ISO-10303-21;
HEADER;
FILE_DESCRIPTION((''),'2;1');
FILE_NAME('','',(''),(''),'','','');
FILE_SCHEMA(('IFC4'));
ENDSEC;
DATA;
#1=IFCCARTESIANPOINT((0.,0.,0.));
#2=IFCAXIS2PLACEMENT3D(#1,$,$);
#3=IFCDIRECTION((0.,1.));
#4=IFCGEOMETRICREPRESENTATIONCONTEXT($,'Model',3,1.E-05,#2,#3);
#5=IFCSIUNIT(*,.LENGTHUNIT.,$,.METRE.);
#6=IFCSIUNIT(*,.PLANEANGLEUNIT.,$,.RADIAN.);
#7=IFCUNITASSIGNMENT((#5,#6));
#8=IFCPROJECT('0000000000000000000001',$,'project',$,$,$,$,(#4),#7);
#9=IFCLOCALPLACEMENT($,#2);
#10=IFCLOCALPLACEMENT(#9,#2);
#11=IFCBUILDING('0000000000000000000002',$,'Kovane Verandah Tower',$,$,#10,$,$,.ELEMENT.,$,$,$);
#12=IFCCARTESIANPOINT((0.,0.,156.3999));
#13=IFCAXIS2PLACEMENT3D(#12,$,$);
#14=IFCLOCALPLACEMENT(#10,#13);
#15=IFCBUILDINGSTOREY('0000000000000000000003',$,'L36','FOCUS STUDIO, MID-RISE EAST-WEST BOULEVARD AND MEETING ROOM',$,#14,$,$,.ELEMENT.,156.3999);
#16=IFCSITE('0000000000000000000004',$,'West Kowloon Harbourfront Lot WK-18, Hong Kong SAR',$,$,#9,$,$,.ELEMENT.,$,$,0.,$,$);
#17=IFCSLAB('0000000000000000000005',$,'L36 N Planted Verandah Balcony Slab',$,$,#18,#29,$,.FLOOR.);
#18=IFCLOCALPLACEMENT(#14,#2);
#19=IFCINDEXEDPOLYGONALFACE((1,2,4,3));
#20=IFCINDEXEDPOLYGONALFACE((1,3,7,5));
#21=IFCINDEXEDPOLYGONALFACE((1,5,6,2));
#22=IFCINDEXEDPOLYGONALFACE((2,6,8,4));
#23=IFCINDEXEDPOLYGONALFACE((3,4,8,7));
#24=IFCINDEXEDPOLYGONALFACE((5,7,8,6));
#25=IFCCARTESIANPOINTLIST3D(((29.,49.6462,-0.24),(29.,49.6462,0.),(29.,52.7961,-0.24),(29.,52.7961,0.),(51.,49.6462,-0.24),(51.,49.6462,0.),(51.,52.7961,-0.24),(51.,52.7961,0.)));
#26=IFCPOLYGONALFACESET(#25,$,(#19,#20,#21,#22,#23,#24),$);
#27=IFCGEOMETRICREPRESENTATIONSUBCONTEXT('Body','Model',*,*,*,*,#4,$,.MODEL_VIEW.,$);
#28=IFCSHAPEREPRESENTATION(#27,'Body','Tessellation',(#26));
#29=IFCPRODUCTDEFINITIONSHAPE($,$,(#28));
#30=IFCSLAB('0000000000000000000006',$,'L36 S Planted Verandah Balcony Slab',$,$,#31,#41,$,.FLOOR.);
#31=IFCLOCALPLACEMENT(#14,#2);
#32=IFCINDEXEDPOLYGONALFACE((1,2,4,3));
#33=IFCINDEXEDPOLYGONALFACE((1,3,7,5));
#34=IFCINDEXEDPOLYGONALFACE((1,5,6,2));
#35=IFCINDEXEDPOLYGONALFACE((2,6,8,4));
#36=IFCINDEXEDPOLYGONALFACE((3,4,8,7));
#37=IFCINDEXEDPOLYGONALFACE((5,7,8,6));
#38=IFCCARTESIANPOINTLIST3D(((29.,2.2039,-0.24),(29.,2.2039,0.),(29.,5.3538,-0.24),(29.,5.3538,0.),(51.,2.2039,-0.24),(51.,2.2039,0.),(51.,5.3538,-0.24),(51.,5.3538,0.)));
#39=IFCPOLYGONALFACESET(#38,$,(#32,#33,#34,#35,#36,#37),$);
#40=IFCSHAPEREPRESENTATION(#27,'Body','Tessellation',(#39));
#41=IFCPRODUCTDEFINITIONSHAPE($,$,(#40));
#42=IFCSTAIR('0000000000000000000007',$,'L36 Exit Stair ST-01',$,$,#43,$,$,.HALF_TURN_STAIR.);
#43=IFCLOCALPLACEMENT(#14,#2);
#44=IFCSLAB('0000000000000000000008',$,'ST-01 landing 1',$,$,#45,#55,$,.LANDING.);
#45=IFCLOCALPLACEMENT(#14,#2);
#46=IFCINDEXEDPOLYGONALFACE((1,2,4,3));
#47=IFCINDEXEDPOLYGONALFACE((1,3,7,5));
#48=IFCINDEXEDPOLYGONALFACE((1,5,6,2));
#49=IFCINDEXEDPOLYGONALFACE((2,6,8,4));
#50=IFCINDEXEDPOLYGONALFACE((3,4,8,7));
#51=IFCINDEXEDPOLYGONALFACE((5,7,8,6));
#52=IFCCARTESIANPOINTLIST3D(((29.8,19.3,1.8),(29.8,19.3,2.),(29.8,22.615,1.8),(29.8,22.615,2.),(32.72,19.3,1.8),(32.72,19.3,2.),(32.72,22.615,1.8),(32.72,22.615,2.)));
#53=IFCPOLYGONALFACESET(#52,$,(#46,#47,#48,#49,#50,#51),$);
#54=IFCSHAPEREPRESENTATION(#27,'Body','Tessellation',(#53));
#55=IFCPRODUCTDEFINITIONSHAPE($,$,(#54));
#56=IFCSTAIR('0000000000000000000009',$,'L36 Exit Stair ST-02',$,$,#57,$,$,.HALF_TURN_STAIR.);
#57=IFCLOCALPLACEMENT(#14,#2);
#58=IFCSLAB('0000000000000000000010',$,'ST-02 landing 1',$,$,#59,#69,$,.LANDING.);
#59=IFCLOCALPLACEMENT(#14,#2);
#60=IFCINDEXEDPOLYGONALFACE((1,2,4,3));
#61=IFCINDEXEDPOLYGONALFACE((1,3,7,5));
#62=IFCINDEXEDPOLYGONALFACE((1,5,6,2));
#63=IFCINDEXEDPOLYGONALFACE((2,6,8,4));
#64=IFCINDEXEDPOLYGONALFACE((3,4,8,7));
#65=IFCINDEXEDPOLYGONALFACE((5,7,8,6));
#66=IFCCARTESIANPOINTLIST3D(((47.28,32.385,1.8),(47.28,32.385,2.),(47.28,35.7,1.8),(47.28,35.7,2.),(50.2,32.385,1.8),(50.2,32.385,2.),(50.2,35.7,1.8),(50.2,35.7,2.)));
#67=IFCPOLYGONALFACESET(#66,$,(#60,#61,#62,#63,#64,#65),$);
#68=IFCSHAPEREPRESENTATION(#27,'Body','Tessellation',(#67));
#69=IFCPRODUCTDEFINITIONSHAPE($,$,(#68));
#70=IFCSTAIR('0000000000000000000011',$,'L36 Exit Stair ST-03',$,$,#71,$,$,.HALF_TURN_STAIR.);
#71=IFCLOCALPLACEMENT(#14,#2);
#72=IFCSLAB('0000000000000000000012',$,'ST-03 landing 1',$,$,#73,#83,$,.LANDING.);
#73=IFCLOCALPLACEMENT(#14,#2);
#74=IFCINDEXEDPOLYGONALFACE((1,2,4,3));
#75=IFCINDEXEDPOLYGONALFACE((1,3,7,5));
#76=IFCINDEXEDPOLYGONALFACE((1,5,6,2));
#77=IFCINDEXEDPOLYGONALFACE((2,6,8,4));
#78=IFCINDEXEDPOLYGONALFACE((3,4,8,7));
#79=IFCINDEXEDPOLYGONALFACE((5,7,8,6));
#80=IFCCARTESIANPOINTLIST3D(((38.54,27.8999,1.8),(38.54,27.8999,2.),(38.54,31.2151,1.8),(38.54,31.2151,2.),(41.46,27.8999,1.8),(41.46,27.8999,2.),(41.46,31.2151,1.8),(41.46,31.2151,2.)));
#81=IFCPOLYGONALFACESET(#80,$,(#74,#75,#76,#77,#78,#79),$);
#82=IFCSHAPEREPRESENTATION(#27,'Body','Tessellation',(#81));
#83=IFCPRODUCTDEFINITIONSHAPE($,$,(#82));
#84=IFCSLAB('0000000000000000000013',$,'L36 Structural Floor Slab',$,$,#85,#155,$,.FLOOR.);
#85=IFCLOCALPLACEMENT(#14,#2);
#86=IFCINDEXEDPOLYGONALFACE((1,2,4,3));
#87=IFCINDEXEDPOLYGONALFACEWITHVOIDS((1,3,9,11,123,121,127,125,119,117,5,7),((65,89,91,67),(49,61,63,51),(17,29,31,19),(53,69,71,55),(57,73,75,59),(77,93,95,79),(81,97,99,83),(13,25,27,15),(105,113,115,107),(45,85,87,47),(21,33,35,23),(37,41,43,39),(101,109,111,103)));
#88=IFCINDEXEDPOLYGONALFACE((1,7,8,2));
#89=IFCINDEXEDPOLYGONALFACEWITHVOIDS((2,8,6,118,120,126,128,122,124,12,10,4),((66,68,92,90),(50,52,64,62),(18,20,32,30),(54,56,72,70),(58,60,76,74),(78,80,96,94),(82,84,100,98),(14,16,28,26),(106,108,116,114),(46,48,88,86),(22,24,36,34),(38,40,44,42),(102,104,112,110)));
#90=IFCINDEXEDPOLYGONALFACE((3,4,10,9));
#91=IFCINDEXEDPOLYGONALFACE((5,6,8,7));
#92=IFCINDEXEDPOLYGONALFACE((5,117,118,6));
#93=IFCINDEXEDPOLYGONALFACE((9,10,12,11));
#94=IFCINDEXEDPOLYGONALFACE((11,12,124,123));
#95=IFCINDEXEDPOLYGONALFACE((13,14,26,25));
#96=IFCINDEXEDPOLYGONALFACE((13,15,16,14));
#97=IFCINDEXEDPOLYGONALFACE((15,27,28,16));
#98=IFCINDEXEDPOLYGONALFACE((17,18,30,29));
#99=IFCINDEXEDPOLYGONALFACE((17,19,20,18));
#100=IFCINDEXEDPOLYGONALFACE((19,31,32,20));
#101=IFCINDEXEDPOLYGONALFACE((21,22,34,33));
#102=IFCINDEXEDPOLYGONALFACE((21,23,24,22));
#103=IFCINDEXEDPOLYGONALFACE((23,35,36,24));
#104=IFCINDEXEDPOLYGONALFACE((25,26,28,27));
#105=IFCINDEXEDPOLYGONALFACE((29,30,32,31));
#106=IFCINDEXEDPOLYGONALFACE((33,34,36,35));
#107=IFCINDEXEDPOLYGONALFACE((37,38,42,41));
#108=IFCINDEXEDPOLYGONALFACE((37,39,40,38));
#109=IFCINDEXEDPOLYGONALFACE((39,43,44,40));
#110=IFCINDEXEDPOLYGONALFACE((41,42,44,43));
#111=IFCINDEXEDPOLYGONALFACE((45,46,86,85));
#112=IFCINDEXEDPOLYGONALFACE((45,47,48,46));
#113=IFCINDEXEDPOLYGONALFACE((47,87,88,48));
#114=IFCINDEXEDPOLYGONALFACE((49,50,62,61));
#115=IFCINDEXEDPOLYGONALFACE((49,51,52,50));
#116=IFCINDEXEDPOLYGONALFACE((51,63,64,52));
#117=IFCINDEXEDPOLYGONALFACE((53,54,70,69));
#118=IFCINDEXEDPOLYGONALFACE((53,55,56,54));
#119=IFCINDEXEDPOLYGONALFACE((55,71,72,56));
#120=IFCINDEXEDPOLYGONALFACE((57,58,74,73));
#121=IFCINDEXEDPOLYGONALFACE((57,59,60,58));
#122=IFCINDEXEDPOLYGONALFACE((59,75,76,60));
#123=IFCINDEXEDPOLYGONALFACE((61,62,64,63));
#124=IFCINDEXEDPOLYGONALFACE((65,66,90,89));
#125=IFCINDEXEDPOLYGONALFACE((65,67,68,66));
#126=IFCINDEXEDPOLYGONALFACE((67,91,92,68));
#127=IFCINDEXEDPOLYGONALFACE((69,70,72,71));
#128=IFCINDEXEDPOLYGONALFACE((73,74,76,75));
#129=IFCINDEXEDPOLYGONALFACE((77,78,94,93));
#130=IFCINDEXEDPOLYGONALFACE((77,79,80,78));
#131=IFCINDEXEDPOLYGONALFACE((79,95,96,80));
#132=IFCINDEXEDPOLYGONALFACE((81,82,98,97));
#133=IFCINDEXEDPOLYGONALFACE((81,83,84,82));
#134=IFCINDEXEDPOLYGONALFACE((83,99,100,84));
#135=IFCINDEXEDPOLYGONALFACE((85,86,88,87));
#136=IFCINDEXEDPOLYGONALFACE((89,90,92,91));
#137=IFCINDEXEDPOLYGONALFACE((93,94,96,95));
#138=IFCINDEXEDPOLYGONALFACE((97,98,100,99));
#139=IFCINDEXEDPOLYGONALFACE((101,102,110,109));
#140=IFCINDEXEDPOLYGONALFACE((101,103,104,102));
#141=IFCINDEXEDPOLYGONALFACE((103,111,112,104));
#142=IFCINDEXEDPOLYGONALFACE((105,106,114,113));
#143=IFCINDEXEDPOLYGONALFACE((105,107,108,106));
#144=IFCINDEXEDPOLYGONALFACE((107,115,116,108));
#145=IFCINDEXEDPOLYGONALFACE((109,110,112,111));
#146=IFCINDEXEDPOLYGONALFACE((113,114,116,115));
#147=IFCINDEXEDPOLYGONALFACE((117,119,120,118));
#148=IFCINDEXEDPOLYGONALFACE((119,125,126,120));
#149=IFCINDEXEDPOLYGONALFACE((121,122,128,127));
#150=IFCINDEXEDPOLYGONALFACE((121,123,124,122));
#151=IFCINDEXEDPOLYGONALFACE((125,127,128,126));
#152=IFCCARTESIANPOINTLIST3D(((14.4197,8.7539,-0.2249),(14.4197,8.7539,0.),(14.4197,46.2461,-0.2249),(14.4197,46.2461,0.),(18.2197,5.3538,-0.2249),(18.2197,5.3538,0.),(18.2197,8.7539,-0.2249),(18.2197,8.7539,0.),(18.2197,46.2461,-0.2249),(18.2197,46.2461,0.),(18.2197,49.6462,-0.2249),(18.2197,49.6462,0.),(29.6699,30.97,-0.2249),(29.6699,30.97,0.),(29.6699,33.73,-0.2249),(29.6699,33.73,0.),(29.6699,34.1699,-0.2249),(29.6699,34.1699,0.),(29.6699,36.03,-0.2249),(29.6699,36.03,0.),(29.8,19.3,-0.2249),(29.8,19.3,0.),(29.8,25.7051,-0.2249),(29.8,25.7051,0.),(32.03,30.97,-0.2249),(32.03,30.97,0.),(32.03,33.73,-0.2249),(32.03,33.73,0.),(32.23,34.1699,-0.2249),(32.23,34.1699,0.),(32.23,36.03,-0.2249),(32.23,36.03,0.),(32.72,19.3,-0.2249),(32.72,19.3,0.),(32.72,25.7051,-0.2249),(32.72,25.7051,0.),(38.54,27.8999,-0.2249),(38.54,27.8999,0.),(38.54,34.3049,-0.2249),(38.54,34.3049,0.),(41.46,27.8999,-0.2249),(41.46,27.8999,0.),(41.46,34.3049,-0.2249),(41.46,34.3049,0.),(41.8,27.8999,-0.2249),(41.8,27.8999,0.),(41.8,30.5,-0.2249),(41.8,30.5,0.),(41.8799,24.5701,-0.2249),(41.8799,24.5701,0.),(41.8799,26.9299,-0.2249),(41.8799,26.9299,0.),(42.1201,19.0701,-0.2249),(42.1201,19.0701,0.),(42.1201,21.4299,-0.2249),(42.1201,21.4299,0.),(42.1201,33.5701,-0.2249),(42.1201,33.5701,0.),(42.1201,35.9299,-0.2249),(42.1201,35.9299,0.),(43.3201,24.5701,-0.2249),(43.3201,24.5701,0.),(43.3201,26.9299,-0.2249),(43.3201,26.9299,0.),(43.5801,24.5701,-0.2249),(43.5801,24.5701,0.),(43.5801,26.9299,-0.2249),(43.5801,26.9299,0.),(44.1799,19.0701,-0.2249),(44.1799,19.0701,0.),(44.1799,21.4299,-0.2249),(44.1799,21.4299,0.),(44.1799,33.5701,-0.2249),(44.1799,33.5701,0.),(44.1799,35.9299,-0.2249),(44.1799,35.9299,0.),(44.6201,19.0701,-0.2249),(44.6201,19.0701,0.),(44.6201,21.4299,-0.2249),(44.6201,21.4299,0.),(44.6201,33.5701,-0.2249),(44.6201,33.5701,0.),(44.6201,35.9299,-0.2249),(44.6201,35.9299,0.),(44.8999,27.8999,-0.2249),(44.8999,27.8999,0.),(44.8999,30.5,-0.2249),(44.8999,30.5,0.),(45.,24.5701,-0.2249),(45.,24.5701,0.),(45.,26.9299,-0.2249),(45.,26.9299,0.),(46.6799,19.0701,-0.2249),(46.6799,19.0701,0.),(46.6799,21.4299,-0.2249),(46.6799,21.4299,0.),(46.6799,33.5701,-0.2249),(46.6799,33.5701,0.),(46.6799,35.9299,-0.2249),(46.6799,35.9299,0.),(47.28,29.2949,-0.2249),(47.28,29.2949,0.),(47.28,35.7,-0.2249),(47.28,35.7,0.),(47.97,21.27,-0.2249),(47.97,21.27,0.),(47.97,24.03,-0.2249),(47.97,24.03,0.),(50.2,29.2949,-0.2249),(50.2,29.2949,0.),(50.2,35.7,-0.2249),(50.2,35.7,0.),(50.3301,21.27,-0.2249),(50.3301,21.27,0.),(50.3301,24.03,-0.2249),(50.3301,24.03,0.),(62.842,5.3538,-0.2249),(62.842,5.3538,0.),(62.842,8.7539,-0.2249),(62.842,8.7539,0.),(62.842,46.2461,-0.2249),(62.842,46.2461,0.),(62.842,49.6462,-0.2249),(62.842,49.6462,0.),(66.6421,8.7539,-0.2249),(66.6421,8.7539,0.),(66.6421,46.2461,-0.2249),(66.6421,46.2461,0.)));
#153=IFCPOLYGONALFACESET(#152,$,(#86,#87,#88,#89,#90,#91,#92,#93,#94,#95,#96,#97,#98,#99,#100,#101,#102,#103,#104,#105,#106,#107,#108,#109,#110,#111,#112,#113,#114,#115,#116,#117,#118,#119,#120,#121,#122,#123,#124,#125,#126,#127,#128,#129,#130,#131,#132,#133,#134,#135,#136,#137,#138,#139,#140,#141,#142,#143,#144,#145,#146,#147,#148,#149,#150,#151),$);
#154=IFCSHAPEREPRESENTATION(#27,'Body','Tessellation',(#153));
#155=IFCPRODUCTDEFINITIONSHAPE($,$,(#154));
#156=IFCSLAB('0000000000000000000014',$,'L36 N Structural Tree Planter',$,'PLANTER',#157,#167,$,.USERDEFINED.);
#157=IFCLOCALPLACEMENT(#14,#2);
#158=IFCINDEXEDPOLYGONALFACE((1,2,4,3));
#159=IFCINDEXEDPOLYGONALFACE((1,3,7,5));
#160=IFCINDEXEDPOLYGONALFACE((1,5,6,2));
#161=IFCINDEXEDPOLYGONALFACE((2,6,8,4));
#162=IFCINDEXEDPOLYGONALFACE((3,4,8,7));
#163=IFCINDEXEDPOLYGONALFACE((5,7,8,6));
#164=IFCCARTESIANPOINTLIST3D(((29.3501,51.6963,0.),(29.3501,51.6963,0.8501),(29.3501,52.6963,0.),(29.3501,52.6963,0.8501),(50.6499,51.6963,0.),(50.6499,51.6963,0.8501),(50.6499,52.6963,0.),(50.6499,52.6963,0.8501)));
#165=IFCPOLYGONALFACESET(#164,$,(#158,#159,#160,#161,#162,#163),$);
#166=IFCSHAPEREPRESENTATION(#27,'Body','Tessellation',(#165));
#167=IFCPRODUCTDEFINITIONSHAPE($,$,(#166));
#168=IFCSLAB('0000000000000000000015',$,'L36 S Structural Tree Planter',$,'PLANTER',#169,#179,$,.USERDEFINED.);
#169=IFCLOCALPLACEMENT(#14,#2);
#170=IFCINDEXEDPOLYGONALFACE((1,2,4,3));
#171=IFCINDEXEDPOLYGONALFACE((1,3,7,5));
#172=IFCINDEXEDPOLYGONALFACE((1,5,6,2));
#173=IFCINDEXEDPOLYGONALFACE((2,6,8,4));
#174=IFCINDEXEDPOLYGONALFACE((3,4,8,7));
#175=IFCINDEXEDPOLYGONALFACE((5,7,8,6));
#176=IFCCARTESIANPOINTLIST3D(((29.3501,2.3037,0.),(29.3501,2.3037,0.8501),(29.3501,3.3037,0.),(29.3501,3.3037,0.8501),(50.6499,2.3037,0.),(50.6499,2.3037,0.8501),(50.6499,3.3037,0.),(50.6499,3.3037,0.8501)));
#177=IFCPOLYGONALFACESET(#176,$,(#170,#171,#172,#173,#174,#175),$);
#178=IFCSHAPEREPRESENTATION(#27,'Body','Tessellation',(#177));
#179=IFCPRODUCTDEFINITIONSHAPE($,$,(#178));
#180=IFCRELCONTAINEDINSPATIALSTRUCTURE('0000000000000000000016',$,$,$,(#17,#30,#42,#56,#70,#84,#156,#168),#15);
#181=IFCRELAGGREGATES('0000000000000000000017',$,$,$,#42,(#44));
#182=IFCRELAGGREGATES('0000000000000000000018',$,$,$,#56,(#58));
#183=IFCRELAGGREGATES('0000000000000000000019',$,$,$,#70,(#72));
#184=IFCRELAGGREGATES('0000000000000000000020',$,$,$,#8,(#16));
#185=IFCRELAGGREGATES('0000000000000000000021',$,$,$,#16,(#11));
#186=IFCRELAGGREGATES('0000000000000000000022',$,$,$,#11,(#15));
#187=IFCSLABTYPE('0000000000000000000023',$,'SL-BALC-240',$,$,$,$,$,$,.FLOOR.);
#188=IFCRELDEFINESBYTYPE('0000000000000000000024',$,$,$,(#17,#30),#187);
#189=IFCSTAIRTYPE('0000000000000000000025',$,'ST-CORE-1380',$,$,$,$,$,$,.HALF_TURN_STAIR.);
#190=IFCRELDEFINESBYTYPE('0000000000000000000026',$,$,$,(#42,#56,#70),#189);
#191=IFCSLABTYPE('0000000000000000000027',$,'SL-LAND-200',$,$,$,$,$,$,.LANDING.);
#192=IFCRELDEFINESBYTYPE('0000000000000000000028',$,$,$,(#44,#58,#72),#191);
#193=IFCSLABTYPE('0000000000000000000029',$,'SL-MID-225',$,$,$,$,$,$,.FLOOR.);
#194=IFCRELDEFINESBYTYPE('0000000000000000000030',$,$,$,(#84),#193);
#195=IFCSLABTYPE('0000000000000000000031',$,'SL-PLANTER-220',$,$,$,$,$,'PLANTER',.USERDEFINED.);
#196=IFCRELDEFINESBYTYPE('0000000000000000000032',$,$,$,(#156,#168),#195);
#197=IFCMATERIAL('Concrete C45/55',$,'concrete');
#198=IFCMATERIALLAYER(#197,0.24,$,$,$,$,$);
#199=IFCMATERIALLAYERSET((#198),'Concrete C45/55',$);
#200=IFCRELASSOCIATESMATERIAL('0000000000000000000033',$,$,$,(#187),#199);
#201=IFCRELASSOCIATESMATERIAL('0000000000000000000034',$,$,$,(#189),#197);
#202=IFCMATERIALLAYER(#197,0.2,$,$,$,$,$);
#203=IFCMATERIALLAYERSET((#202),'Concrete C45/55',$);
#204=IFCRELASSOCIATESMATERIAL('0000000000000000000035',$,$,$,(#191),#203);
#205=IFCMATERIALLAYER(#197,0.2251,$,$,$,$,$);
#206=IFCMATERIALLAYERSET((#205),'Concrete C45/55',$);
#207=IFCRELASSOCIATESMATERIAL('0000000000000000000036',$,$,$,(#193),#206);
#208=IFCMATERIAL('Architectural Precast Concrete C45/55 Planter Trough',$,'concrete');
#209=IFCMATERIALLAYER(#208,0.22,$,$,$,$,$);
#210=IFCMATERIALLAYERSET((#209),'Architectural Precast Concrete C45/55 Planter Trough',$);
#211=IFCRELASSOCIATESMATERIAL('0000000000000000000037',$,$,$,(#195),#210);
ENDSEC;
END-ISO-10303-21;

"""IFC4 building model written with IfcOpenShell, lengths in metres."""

from ifc_helpers import new_model, si_unit, direction, frame, origin, place, context, subcontext, project, spatial, polyline, outline, extrude, material, layer, layer_set, type_object, element, aggregate, save


model = new_model("IFC4")

# Units and contexts
model_context = context("Model", 3, precision=1e-05, world=origin(), true_north=direction((0.0, 1.0)))
body_context = subcontext(model_context, "Body", "Model", "MODEL_VIEW")
ifc_project = project(units=[si_unit("LENGTHUNIT", "METRE"), si_unit("PLANEANGLEUNIT", "RADIAN")], contexts=[model_context])

# Site, building, storey
site_placement = place(None, origin())
site = spatial("IfcSite", under=ifc_project, at=site_placement, Name="West Kowloon Harbourfront Lot WK-18, Hong Kong SAR", CompositionType="ELEMENT", RefElevation=0.0)
building_placement = place(site_placement, origin())
building = spatial("IfcBuilding", under=site, at=building_placement, Name="Kovane Verandah Tower", CompositionType="ELEMENT")
storey_placement = place(building_placement, frame((0.0, 0.0, 156.3999)))
storey = spatial("IfcBuildingStorey", under=building, at=storey_placement, Name="L36", Description="FOCUS STUDIO, MID-RISE EAST-WEST BOULEVARD AND MEETING ROOM", CompositionType="ELEMENT", Elevation=156.3999)

# Slabs
ifc_material_1 = material(Name="Concrete C45/55", Category="concrete")
ifc_layer_1 = layer(ifc_material_1, 0.24)
ifc_layer_set_1 = layer_set([ifc_layer_1], Name="Concrete C45/55")
slab_type_1 = type_object("IfcSlabType", Name="SL-BALC-240", PredefinedType="FLOOR", material=ifc_layer_set_1)
slab_1_placement = place(storey_placement, frame((0.0, 0.0, -0.24)))
element("IfcSlab", 1, at=slab_1_placement, inside=storey, type_object=slab_type_1, Name="L36 N Planted Verandah Balcony Slab", PredefinedType="FLOOR", context=body_context, shape_type="SweptSolid", body=[
    extrude(outline(polyline([(29.0, 49.6462), (51.0, 49.6462), (51.0, 52.7961), (29.0, 52.7961), (29.0, 49.6462)])), origin(), (0.0, 0.0, 1.0), 0.24),
])
slab_2_placement = place(storey_placement, frame((0.0, 0.0, -0.24)))
element("IfcSlab", 2, at=slab_2_placement, inside=storey, type_object=slab_type_1, Name="L36 S Planted Verandah Balcony Slab", PredefinedType="FLOOR", context=body_context, shape_type="SweptSolid", body=[
    extrude(outline(polyline([(29.0, 2.2039), (51.0, 2.2039), (51.0, 5.3538), (29.0, 5.3538), (29.0, 2.2039)])), origin(), (0.0, 0.0, 1.0), 0.24),
])

# Stairs, slabs
stair_type = type_object("IfcStairType", Name="ST-CORE-1380", PredefinedType="HALF_TURN_STAIR", material=ifc_material_1)
stair_1_placement = place(storey_placement, origin())
stair_1 = element("IfcStair", 3, at=stair_1_placement, inside=storey, type_object=stair_type, Name="L36 Exit Stair ST-01", PredefinedType="HALF_TURN_STAIR")
ifc_layer_2 = layer(ifc_material_1, 0.2)
ifc_layer_set_2 = layer_set([ifc_layer_2], Name="Concrete C45/55")
slab_type_2 = type_object("IfcSlabType", Name="SL-LAND-200", PredefinedType="LANDING", material=ifc_layer_set_2)
slab_3_placement = place(storey_placement, frame((0.0, 0.0, 1.8)))
slab_3 = element("IfcSlab", 4, at=slab_3_placement, type_object=slab_type_2, Name="ST-01 landing 1", PredefinedType="LANDING", context=body_context, shape_type="SweptSolid", body=[
    extrude(outline(polyline([(29.8, 22.615), (29.8, 19.3), (32.72, 19.3), (32.72, 22.615), (29.8, 22.615)])), origin(), (0.0, 0.0, 1.0), 0.2),
])
aggregate(stair_1, [slab_3])
stair_2_placement = place(storey_placement, origin())
stair_2 = element("IfcStair", 5, at=stair_2_placement, inside=storey, type_object=stair_type, Name="L36 Exit Stair ST-02", PredefinedType="HALF_TURN_STAIR")
slab_4_placement = place(storey_placement, frame((0.0, 0.0, 1.8)))
slab_4 = element("IfcSlab", 6, at=slab_4_placement, type_object=slab_type_2, Name="ST-02 landing 1", PredefinedType="LANDING", context=body_context, shape_type="SweptSolid", body=[
    extrude(outline(polyline([(50.2, 32.385), (50.2, 35.7), (47.28, 35.7), (47.28, 32.385), (50.2, 32.385)])), origin(), (0.0, 0.0, 1.0), 0.2),
])
aggregate(stair_2, [slab_4])
stair_3_placement = place(storey_placement, origin())
stair_3 = element("IfcStair", 7, at=stair_3_placement, inside=storey, type_object=stair_type, Name="L36 Exit Stair ST-03", PredefinedType="HALF_TURN_STAIR")
slab_5_placement = place(storey_placement, frame((0.0, 0.0, 1.8)))
slab_5 = element("IfcSlab", 8, at=slab_5_placement, type_object=slab_type_2, Name="ST-03 landing 1", PredefinedType="LANDING", context=body_context, shape_type="SweptSolid", body=[
    extrude(outline(polyline([(38.54, 31.2151), (38.54, 27.8999), (41.46, 27.8999), (41.46, 31.2151), (38.54, 31.2151)])), origin(), (0.0, 0.0, 1.0), 0.2),
])
aggregate(stair_3, [slab_5])

# Slabs
ifc_layer_3 = layer(ifc_material_1, 0.2251)
ifc_layer_set_3 = layer_set([ifc_layer_3], Name="Concrete C45/55")
slab_type_3 = type_object("IfcSlabType", Name="SL-MID-225", PredefinedType="FLOOR", material=ifc_layer_set_3)
slab_6_placement = place(storey_placement, frame((0.0, 0.0, -0.2249)))
element("IfcSlab", 9, at=slab_6_placement, inside=storey, type_object=slab_type_3, Name="L36 Structural Floor Slab", PredefinedType="FLOOR", context=body_context, shape_type="SweptSolid", body=[
    extrude(outline(polyline([(18.2197, 5.3538), (62.842, 5.3538), (62.842, 8.7539), (66.6421, 8.7539), (66.6421, 46.2461), (62.842, 46.2461), (62.842, 49.6462), (18.2197, 49.6462), (18.2197, 46.2461), (14.4197, 46.2461), (14.4197, 8.7539), (18.2197, 8.7539), (18.2197, 5.3538)]), holes=[polyline([(29.8, 19.3), (32.72, 19.3), (32.72, 25.7051), (29.8, 25.7051), (29.8, 19.3)]), polyline([(47.28, 29.2949), (50.2, 29.2949), (50.2, 35.7), (47.28, 35.7), (47.28, 29.2949)]), polyline([(38.54, 27.8999), (41.46, 27.8999), (41.46, 34.3049), (38.54, 34.3049), (38.54, 27.8999)]), polyline([(29.6699, 30.97), (32.03, 30.97), (32.03, 33.73), (29.6699, 33.73), (29.6699, 30.97)]), polyline([(47.97, 21.27), (50.3301, 21.27), (50.3301, 24.03), (47.97, 24.03), (47.97, 21.27)]), polyline([(29.6699, 34.1699), (32.23, 34.1699), (32.23, 36.03), (29.6699, 36.03), (29.6699, 34.1699)]), polyline([(42.1201, 19.0701), (44.1799, 19.0701), (44.1799, 21.4299), (42.1201, 21.4299), (42.1201, 19.0701)]), polyline([(44.6201, 19.0701), (46.6799, 19.0701), (46.6799, 21.4299), (44.6201, 21.4299), (44.6201, 19.0701)]), polyline([(41.8799, 24.5701), (43.3201, 24.5701), (43.3201, 26.9299), (41.8799, 26.9299), (41.8799, 24.5701)]), polyline([(43.5801, 24.5701), (45.0, 24.5701), (45.0, 26.9299), (43.5801, 26.9299), (43.5801, 24.5701)]), polyline([(42.1201, 33.5701), (44.1799, 33.5701), (44.1799, 35.9299), (42.1201, 35.9299), (42.1201, 33.5701)]), polyline([(44.6201, 33.5701), (46.6799, 33.5701), (46.6799, 35.9299), (44.6201, 35.9299), (44.6201, 33.5701)]), polyline([(41.8, 27.8999), (44.8999, 27.8999), (44.8999, 30.5), (41.8, 30.5), (41.8, 27.8999)])]), origin(), (0.0, 0.0, 1.0), 0.2249),
])
ifc_material_2 = material(Name="Architectural Precast Concrete C45/55 Planter Trough", Category="concrete")
ifc_layer_4 = layer(ifc_material_2, 0.22)
ifc_layer_set_4 = layer_set([ifc_layer_4], Name="Architectural Precast Concrete C45/55 Planter Trough")
slab_type_4 = type_object("IfcSlabType", Name="SL-PLANTER-220", ElementType="PLANTER", PredefinedType="USERDEFINED", material=ifc_layer_set_4)
slab_7_placement = place(storey_placement, origin())
element("IfcSlab", 10, at=slab_7_placement, inside=storey, type_object=slab_type_4, Name="L36 N Structural Tree Planter", ObjectType="PLANTER", PredefinedType="USERDEFINED", context=body_context, shape_type="SweptSolid", body=[
    extrude(outline(polyline([(29.3501, 51.6963), (50.6499, 51.6963), (50.6499, 52.6963), (29.3501, 52.6963), (29.3501, 51.6963)])), origin(), (0.0, 0.0, 1.0), 0.8501),
])
slab_8_placement = place(storey_placement, origin())
element("IfcSlab", 11, at=slab_8_placement, inside=storey, type_object=slab_type_4, Name="L36 S Structural Tree Planter", ObjectType="PLANTER", PredefinedType="USERDEFINED", context=body_context, shape_type="SweptSolid", body=[
    extrude(outline(polyline([(29.3501, 2.3037), (50.6499, 2.3037), (50.6499, 3.3037), (29.3501, 3.3037), (29.3501, 2.3037)])), origin(), (0.0, 0.0, 1.0), 0.8501),
])

save(model, "model.ifc")
